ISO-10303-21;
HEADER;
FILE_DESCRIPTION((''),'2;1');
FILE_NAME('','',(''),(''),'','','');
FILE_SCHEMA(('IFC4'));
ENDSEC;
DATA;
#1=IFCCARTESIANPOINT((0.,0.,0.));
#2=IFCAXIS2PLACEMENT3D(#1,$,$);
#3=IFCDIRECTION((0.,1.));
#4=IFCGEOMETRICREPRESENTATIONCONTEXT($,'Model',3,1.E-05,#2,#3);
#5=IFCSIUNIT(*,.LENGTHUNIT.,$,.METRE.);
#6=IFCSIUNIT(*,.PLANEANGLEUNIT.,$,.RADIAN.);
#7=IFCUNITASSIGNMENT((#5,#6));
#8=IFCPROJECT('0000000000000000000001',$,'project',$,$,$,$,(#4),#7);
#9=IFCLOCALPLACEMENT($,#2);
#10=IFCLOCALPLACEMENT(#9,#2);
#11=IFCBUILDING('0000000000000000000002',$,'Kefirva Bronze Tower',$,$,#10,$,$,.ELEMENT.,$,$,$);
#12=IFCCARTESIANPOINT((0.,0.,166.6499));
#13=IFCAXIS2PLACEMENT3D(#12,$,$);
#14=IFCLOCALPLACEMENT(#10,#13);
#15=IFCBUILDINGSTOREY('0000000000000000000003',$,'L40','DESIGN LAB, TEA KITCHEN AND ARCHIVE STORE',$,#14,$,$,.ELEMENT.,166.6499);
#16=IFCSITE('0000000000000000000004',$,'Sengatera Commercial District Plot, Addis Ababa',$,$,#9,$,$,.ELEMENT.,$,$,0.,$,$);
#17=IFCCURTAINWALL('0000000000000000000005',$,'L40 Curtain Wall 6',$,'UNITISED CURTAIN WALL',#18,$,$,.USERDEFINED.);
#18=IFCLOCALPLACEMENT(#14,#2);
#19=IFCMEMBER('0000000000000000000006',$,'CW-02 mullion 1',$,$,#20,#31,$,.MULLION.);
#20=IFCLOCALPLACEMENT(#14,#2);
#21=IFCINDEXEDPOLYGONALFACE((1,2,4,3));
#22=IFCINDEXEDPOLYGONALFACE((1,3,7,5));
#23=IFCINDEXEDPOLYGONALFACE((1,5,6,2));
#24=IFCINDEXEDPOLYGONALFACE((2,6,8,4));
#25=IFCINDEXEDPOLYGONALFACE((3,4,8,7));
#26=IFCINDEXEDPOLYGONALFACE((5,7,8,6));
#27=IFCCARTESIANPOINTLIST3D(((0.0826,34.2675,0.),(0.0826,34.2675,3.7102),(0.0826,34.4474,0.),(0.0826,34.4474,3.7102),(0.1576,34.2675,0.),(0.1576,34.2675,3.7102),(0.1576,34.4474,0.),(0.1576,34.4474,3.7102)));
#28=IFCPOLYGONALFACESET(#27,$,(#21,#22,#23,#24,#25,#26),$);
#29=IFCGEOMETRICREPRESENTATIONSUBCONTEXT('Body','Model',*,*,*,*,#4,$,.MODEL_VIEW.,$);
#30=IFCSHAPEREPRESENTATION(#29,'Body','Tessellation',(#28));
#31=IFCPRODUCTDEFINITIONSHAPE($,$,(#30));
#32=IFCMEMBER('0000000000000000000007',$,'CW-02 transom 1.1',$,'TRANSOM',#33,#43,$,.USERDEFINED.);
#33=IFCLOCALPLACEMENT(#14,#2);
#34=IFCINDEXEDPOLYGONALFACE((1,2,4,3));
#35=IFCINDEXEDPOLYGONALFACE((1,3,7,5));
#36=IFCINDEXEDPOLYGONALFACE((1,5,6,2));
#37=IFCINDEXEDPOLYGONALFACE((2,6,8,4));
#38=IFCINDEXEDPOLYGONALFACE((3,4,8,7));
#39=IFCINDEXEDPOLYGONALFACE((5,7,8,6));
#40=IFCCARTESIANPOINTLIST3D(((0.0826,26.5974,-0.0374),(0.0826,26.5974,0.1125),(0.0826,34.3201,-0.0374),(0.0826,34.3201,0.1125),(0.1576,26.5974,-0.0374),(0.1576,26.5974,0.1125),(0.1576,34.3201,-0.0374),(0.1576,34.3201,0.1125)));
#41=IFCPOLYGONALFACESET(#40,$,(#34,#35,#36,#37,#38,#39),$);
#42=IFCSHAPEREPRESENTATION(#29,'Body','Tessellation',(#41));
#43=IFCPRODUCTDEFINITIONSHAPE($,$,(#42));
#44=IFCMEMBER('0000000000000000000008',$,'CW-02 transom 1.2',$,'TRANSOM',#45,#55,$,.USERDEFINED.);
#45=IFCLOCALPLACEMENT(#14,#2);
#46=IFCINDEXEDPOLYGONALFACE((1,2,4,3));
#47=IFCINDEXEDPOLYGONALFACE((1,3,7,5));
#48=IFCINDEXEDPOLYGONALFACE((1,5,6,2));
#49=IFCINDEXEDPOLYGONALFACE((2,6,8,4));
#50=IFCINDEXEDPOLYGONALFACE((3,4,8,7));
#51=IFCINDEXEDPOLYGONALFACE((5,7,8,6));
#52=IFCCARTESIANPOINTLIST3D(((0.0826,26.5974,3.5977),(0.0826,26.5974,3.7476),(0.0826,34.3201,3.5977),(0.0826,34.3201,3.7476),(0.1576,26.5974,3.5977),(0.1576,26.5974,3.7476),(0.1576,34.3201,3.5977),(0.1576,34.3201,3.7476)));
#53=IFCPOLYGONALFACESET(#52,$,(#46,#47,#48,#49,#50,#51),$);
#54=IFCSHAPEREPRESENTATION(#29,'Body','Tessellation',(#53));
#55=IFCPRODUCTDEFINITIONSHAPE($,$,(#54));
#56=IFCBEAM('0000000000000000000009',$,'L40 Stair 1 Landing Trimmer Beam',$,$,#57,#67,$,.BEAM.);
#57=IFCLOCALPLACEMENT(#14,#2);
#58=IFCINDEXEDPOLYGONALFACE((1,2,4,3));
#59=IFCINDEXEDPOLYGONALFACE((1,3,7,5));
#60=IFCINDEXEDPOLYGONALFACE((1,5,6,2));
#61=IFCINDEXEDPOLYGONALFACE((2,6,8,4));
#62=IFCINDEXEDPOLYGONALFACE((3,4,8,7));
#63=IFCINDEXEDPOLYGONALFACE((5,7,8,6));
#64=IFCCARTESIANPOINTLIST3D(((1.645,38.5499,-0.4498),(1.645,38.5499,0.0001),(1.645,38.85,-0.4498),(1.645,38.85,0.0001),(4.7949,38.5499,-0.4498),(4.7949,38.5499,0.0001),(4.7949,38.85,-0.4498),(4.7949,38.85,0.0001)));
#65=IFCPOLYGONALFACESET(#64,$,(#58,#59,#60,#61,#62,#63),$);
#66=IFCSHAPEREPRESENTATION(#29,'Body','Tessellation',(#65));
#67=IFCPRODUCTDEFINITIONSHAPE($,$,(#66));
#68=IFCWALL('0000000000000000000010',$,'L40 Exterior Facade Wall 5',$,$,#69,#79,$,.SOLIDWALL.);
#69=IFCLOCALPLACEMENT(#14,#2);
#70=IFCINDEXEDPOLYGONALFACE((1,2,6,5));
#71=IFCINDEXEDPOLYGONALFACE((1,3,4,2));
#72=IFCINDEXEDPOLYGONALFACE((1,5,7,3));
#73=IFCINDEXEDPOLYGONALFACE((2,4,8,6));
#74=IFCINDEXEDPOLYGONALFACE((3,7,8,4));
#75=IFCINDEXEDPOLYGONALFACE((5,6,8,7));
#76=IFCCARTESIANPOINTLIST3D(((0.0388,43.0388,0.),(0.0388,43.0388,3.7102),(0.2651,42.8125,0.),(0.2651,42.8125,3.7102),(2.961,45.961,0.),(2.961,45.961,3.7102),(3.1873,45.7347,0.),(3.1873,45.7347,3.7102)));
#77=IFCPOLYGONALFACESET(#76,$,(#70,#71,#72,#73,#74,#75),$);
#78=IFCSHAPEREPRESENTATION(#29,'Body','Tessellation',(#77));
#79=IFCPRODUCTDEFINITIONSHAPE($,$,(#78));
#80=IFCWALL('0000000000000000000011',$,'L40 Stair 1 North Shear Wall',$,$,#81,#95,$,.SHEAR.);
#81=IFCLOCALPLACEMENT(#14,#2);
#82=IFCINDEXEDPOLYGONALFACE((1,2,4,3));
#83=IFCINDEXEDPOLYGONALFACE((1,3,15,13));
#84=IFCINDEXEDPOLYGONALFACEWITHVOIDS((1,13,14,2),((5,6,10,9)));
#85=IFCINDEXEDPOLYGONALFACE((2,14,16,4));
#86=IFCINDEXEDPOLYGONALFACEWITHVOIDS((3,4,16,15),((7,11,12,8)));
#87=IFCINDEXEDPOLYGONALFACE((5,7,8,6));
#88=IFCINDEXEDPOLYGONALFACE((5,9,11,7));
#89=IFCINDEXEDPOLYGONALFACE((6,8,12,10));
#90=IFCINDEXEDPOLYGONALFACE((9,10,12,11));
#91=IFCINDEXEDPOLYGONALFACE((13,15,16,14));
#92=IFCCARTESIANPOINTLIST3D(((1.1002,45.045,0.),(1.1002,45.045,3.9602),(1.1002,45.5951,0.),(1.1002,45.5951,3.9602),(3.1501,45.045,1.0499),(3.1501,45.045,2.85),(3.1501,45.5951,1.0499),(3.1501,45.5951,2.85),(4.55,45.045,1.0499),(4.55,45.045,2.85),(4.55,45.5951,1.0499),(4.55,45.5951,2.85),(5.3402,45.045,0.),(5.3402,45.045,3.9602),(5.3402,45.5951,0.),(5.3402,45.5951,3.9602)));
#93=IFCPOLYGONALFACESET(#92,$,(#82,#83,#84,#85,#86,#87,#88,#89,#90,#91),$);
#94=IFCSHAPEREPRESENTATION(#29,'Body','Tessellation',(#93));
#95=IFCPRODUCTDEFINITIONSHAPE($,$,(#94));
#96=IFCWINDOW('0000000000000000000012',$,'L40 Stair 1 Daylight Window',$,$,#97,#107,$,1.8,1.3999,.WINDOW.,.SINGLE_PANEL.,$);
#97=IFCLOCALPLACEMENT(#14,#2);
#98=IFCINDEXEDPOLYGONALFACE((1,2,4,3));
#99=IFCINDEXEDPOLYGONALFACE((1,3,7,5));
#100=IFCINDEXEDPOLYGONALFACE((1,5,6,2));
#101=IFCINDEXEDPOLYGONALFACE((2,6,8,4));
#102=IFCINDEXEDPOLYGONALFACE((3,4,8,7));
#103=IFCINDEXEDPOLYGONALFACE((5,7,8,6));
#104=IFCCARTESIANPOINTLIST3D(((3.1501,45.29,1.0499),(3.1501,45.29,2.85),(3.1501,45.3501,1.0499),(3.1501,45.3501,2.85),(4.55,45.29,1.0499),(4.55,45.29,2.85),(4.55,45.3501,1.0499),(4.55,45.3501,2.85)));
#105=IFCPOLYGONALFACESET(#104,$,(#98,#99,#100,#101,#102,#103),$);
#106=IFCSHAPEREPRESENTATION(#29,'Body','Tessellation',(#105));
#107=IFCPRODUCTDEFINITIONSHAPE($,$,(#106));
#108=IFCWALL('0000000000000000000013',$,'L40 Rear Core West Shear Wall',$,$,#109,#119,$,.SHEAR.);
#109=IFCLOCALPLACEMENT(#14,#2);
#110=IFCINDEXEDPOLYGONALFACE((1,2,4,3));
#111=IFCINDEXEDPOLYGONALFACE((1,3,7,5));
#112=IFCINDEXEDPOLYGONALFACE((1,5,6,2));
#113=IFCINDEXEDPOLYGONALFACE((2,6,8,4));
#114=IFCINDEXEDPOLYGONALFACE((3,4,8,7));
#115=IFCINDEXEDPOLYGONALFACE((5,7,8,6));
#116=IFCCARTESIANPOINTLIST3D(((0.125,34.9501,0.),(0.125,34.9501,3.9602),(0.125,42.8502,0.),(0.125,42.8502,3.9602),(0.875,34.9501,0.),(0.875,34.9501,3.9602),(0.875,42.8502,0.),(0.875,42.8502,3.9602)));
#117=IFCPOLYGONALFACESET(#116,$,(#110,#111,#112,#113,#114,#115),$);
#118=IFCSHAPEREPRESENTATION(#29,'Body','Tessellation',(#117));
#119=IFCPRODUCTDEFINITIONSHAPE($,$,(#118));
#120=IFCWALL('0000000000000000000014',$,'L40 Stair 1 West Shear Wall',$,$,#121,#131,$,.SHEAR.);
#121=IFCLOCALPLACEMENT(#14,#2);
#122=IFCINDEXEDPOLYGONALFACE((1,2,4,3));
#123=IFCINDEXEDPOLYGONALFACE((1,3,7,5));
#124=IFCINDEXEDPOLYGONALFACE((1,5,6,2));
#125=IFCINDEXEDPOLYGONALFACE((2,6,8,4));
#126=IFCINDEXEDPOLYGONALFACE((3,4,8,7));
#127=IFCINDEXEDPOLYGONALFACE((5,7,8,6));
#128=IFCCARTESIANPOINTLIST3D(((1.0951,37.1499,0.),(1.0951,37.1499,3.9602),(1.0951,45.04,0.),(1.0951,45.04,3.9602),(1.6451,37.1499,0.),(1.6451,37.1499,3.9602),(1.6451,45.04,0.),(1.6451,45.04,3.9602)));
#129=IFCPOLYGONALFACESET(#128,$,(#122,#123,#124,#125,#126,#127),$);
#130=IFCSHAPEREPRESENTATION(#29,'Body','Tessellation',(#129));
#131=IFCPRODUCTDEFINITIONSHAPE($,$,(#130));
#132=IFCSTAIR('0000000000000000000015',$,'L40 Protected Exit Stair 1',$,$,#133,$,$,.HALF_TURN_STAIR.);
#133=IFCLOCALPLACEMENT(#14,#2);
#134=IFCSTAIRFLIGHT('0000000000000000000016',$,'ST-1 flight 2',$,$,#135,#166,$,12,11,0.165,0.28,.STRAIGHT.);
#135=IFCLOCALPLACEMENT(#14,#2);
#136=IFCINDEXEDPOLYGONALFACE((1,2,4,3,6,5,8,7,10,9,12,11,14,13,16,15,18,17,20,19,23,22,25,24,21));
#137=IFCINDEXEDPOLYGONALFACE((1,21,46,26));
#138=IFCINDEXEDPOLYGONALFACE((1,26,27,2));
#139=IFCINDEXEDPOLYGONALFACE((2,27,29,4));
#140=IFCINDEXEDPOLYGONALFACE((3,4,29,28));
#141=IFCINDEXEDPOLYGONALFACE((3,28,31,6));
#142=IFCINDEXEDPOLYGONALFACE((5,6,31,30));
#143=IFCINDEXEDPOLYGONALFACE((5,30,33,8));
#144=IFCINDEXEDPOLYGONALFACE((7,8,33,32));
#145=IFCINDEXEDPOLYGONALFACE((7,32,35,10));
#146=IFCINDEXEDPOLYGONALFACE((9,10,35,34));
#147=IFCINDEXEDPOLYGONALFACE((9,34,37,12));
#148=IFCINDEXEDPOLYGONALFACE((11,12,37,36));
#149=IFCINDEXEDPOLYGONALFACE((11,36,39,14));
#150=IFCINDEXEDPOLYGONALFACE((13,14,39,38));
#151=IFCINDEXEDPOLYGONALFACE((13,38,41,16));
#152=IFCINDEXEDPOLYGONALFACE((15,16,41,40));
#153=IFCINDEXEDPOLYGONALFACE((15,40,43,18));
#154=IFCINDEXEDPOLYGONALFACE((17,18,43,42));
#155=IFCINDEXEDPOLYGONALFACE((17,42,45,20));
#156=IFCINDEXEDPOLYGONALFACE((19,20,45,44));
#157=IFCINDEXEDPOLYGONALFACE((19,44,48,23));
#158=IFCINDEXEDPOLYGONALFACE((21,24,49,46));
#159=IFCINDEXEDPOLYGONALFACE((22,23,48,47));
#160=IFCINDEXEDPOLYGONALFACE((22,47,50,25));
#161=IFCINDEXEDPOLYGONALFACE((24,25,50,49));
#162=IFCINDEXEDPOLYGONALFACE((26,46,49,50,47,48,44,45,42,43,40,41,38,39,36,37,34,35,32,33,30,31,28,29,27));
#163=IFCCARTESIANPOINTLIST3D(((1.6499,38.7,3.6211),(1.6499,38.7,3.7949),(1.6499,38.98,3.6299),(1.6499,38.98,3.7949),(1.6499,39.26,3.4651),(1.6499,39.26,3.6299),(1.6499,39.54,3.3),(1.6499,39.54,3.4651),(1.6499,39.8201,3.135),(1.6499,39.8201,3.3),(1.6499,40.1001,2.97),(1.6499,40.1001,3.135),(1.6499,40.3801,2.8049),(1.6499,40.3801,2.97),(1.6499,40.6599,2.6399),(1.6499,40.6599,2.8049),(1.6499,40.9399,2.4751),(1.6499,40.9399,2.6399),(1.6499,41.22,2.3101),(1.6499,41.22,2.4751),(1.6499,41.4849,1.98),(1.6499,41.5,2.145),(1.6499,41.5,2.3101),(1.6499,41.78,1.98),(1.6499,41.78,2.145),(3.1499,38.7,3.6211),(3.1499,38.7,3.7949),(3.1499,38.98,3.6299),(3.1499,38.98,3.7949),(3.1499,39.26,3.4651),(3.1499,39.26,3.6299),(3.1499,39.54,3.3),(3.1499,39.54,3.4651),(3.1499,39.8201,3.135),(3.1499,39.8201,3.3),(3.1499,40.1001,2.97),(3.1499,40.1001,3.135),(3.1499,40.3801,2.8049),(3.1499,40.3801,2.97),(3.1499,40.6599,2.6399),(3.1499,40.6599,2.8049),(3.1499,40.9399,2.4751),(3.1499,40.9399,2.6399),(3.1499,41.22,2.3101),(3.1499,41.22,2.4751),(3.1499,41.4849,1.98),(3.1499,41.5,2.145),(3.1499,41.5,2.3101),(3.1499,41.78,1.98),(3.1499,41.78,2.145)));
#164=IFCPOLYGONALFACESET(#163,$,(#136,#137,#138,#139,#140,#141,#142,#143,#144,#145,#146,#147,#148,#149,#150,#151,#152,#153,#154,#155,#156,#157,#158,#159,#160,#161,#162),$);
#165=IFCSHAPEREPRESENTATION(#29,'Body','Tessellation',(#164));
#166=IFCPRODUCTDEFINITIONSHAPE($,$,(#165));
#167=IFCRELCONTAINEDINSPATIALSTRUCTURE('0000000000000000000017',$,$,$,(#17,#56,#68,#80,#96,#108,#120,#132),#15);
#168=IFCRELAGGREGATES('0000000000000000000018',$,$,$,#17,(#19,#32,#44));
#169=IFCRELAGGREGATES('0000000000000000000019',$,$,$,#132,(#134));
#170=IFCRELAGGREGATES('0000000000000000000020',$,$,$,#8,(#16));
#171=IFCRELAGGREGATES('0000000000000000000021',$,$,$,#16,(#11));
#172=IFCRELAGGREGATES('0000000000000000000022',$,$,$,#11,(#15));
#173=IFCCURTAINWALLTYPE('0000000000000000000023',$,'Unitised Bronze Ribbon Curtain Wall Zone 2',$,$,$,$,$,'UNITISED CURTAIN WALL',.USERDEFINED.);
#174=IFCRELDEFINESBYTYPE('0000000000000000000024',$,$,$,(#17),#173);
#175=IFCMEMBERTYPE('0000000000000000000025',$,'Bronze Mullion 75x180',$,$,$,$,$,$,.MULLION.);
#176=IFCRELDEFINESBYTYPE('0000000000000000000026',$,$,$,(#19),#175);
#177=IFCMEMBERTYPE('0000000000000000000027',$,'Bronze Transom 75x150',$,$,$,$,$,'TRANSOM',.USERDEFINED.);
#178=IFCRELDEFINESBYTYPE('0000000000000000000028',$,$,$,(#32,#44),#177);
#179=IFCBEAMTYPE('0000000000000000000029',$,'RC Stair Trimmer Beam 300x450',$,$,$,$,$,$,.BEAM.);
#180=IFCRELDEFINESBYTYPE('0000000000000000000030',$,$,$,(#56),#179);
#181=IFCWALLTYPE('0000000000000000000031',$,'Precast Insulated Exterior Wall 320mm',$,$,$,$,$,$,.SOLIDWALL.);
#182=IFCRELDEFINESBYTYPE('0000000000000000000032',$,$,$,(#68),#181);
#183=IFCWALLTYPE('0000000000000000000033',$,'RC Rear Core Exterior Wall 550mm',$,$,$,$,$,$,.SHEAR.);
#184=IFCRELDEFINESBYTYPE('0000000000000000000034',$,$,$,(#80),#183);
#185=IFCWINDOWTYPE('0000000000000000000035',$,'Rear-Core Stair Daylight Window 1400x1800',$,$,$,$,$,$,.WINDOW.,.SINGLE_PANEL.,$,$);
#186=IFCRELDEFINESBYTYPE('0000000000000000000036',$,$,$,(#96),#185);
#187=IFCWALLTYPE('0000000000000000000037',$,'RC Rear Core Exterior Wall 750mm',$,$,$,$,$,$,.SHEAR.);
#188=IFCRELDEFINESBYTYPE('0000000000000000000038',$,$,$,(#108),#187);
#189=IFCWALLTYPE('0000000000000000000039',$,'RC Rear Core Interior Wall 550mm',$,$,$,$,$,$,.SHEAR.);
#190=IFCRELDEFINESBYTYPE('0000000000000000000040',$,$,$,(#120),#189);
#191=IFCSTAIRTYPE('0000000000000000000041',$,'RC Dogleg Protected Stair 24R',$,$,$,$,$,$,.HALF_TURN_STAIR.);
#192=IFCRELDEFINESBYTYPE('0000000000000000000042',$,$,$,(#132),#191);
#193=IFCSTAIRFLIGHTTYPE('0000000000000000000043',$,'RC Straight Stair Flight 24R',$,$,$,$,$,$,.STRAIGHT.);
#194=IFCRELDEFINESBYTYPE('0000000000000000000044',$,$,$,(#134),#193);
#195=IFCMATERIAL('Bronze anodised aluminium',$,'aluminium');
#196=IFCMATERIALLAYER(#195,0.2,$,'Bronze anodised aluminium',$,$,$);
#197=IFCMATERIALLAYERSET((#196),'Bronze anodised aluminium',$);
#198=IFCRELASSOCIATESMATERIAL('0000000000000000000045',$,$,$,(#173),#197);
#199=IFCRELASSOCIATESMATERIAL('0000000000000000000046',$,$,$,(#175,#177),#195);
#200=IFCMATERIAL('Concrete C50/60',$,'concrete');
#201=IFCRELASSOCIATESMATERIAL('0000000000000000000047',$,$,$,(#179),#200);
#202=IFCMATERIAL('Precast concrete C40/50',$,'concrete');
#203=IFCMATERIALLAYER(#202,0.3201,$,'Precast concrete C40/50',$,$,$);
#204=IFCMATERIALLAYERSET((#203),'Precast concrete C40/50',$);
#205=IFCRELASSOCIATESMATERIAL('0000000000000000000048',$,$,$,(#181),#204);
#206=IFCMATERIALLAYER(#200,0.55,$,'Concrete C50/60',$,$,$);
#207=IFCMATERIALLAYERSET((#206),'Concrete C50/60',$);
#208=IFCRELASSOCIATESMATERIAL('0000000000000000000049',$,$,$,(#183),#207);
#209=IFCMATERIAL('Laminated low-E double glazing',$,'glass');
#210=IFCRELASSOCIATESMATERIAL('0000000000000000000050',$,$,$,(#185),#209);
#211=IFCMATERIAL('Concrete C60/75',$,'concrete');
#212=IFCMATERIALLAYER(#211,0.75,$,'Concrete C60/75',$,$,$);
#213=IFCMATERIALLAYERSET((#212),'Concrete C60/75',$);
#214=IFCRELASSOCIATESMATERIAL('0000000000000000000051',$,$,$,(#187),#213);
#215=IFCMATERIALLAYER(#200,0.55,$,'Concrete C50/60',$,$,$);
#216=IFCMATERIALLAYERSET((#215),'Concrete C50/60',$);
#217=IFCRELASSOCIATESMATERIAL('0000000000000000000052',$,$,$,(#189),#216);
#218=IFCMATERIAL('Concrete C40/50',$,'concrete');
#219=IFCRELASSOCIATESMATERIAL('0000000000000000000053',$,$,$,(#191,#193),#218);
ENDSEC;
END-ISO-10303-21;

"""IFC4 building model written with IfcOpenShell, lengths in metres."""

from ifc_helpers import new_model, si_unit, direction, frame, frame_2d, origin, origin_2d, place, context, subcontext, project, spatial, polyline, rectangle, outline, extrude, material, layer, layer_set, material_profile, profile_set, type_object, element, fill, aggregate, save


model = new_model("IFC4")

# Units and contexts
model_context = context("Model", 3, precision=1e-05, world=origin(), true_north=direction((0.0, 1.0)))
body_context = subcontext(model_context, "Body", "Model", "MODEL_VIEW")
ifc_project = project(units=[si_unit("LENGTHUNIT", "METRE"), si_unit("PLANEANGLEUNIT", "RADIAN")], contexts=[model_context])

# Site, building, storey
site_placement = place(None, origin())
site = spatial("IfcSite", under=ifc_project, at=site_placement, Name="Sengatera Commercial District Plot, Addis Ababa", CompositionType="ELEMENT", RefElevation=0.0)
building_placement = place(site_placement, origin())
building = spatial("IfcBuilding", under=site, at=building_placement, Name="Kefirva Bronze Tower", CompositionType="ELEMENT")
storey_placement = place(building_placement, frame((0.0, 0.0, 166.6499)))
storey = spatial("IfcBuildingStorey", under=building, at=storey_placement, Name="L40", Description="DESIGN LAB, TEA KITCHEN AND ARCHIVE STORE", CompositionType="ELEMENT", Elevation=166.6499)

# Curtain wall, members
ifc_material_1 = material(Name="Bronze anodised aluminium", Category="aluminium")
ifc_layer_1 = layer(ifc_material_1, 0.2, Name="Bronze anodised aluminium")
ifc_layer_set_1 = layer_set([ifc_layer_1], Name="Bronze anodised aluminium")
curtain_wall_type = type_object("IfcCurtainWallType", Name="Unitised Bronze Ribbon Curtain Wall Zone 2", ElementType="UNITISED CURTAIN WALL", PredefinedType="USERDEFINED", material=ifc_layer_set_1)
curtain_wall_placement = place(storey_placement, origin())
curtain_wall = element("IfcCurtainWall", 1, at=curtain_wall_placement, inside=storey, type_object=curtain_wall_type, Name="L40 Curtain Wall 6", ObjectType="UNITISED CURTAIN WALL", PredefinedType="USERDEFINED")
ifc_material_profile_1 = material_profile(ifc_material_1, rectangle(XDim=0.075, YDim=0.1799, at=origin_2d()), Name="ALU 75x180")
ifc_profile_set_1 = profile_set([ifc_material_profile_1], Name="Bronze anodised aluminium")
member_type_1 = type_object("IfcMemberType", Name="Bronze Mullion 75x180", PredefinedType="MULLION", material=ifc_profile_set_1)
member_1_placement = place(storey_placement, frame((0.1201, 34.3574, 0.0), z_axis=(0.0, 0.0, 1.0), x_axis=(1.0, 0.0, 0.0)))
member_1 = element("IfcMember", 2, at=member_1_placement, type_object=member_type_1, Name="CW-02 mullion 1", PredefinedType="MULLION", context=body_context, shape_type="SweptSolid", body=[
    extrude(rectangle(XDim=0.075, YDim=0.1799, at=origin_2d()), origin(), (0.0, 0.0, 1.0), 3.7102),
])
ifc_material_profile_2 = material_profile(ifc_material_1, rectangle(XDim=0.075, YDim=0.1499, at=origin_2d()), Name="ALU 75x150")
ifc_profile_set_2 = profile_set([ifc_material_profile_2], Name="Bronze anodised aluminium")
member_type_2 = type_object("IfcMemberType", Name="Bronze Transom 75x150", ElementType="TRANSOM", PredefinedType="USERDEFINED", material=ifc_profile_set_2)
member_2_placement = place(storey_placement, frame((0.1201, 34.3201, 0.0376), z_axis=(0.0, -1.0, 0.0), x_axis=(1.0, 0.0, 0.0)))
member_2 = element("IfcMember", 3, at=member_2_placement, type_object=member_type_2, Name="CW-02 transom 1.1", ObjectType="TRANSOM", PredefinedType="USERDEFINED", context=body_context, shape_type="SweptSolid", body=[
    extrude(rectangle(XDim=0.075, YDim=0.1499, at=origin_2d()), origin(), (0.0, 0.0, 1.0), 7.7227),
])
member_3_placement = place(storey_placement, frame((0.1201, 34.3201, 3.6726), z_axis=(0.0, -1.0, 0.0), x_axis=(1.0, 0.0, 0.0)))
member_3 = element("IfcMember", 4, at=member_3_placement, type_object=member_type_2, Name="CW-02 transom 1.2", ObjectType="TRANSOM", PredefinedType="USERDEFINED", context=body_context, shape_type="SweptSolid", body=[
    extrude(rectangle(XDim=0.075, YDim=0.1499, at=origin_2d()), origin(), (0.0, 0.0, 1.0), 7.7227),
])
aggregate(curtain_wall, [member_1, member_2, member_3])

# Beam
ifc_material_2 = material(Name="Concrete C50/60", Category="concrete")
ifc_material_profile_3 = material_profile(ifc_material_2, rectangle(XDim=0.3, YDim=0.45, at=origin_2d()), Name="RC 300x450")
ifc_profile_set_3 = profile_set([ifc_material_profile_3], Name="Concrete C50/60")
beam_type = type_object("IfcBeamType", Name="RC Stair Trimmer Beam 300x450", PredefinedType="BEAM", material=ifc_profile_set_3)
beam_placement = place(storey_placement, frame((1.645, 38.7, -0.2249), z_axis=(1.0, 0.0, 0.0), x_axis=(0.0, 1.0, 0.0)))
element("IfcBeam", 5, at=beam_placement, inside=storey, type_object=beam_type, Name="L40 Stair 1 Landing Trimmer Beam", PredefinedType="BEAM", context=body_context, shape_type="SweptSolid", body=[
    extrude(rectangle(XDim=0.3, YDim=0.45, at=origin_2d()), origin(), (0.0, 0.0, 1.0), 3.1499),
])

# Wall
ifc_material_3 = material(Name="Precast concrete C40/50", Category="concrete")
ifc_layer_2 = layer(ifc_material_3, 0.3201, Name="Precast concrete C40/50")
ifc_layer_set_2 = layer_set([ifc_layer_2], Name="Precast concrete C40/50")
wall_type_1 = type_object("IfcWallType", Name="Precast Insulated Exterior Wall 320mm", PredefinedType="SOLIDWALL", material=ifc_layer_set_2)
wall_1_placement = place(storey_placement, frame((3.0742, 45.8479, 0.0), z_axis=(0.0, 0.0, 1.0), x_axis=(-0.707107, -0.707107, 0.0)))
element("IfcWall", 6, at=wall_1_placement, inside=storey, type_object=wall_type_1, Name="L40 Exterior Facade Wall 5", PredefinedType="SOLIDWALL", context=body_context, shape_type="SweptSolid", body=[
    extrude(rectangle(XDim=4.1326, YDim=0.3201, at=frame_2d((2.0664, 0.0))), origin(), (0.0, 0.0, 1.0), 3.7102),
])

# Wall, opening, window
ifc_layer_3 = layer(ifc_material_2, 0.55, Name="Concrete C50/60")
ifc_layer_set_3 = layer_set([ifc_layer_3], Name="Concrete C50/60")
wall_type_2 = type_object("IfcWallType", Name="RC Rear Core Exterior Wall 550mm", PredefinedType="SHEAR", material=ifc_layer_set_3)
wall_2_placement = place(storey_placement, frame((1.1001, 45.3201, 0.0), z_axis=(0.0, 0.0, 1.0), x_axis=(1.0, 0.0, 0.0)))
wall_2 = element("IfcWall", 7, at=wall_2_placement, inside=storey, type_object=wall_type_2, Name="L40 Stair 1 North Shear Wall", PredefinedType="SHEAR", context=body_context, shape_type="SweptSolid", body=[
    extrude(rectangle(XDim=4.24, YDim=0.55, at=frame_2d((2.1201, 0.0))), origin(), (0.0, 0.0, 1.0), 3.9602),
])
opening_1_placement = place(wall_2_placement, frame((2.05, 0.0, 1.05)))
opening_1 = element("IfcOpeningElement", 8, at=opening_1_placement, cuts=wall_2, PredefinedType="OPENING", context=body_context, shape_type="SweptSolid", body=[
    extrude(rectangle(XDim=1.3999, YDim=1.8, at=frame_2d((0.7, 0.8999))), frame((0.0, 0.2852, 0.0), z_axis=(0.0, -1.0, 0.0), x_axis=(1.0, 0.0, 0.0)), (0.0, 0.0, 1.0), 0.5701),
])
ifc_material_4 = material(Name="Laminated low-E double glazing", Category="glass")
window_type = type_object("IfcWindowType", Name="Rear-Core Stair Daylight Window 1400x1800", PartitioningType="SINGLE_PANEL", PredefinedType="WINDOW", material=ifc_material_4)
window_placement = place(opening_1_placement, origin())
window = element("IfcWindow", 9, at=window_placement, inside=storey, type_object=window_type, Name="L40 Stair 1 Daylight Window", OverallHeight=1.8, OverallWidth=1.3999, PartitioningType="SINGLE_PANEL", PredefinedType="WINDOW", context=body_context, shape_type="SweptSolid", body=[
    extrude(rectangle(XDim=1.3999, YDim=1.8, at=frame_2d((0.7, 0.8999))), frame((0.0, 0.03, 0.0), z_axis=(0.0, -1.0, 0.0), x_axis=(1.0, 0.0, 0.0)), (0.0, 0.0, 1.0), 0.0601),
])
fill(opening_1, window)

# Walls
ifc_material_5 = material(Name="Concrete C60/75", Category="concrete")
ifc_layer_4 = layer(ifc_material_5, 0.75, Name="Concrete C60/75")
ifc_layer_set_4 = layer_set([ifc_layer_4], Name="Concrete C60/75")
wall_type_3 = type_object("IfcWallType", Name="RC Rear Core Exterior Wall 750mm", PredefinedType="SHEAR", material=ifc_layer_set_4)
wall_3_placement = place(storey_placement, frame((0.5, 34.95, 0.0), z_axis=(0.0, 0.0, 1.0), x_axis=(0.0, 1.0, 0.0)))
element("IfcWall", 10, at=wall_3_placement, inside=storey, type_object=wall_type_3, Name="L40 Rear Core West Shear Wall", PredefinedType="SHEAR", context=body_context, shape_type="SweptSolid", body=[
    extrude(rectangle(XDim=7.9001, YDim=0.75, at=frame_2d((3.9502, 0.0))), origin(), (0.0, 0.0, 1.0), 3.9602),
])
ifc_layer_5 = layer(ifc_material_2, 0.55, Name="Concrete C50/60")
ifc_layer_set_5 = layer_set([ifc_layer_5], Name="Concrete C50/60")
wall_type_4 = type_object("IfcWallType", Name="RC Rear Core Interior Wall 550mm", PredefinedType="SHEAR", material=ifc_layer_set_5)
wall_4_placement = place(storey_placement, frame((1.3701, 37.1499, 0.0), z_axis=(0.0, 0.0, 1.0), x_axis=(0.0, 1.0, 0.0)))
element("IfcWall", 11, at=wall_4_placement, inside=storey, type_object=wall_type_4, Name="L40 Stair 1 West Shear Wall", PredefinedType="SHEAR", context=body_context, shape_type="SweptSolid", body=[
    extrude(rectangle(XDim=7.8901, YDim=0.55, at=frame_2d((3.9451, 0.0))), origin(), (0.0, 0.0, 1.0), 3.9602),
])

# Stair, stair flight
ifc_material_6 = material(Name="Concrete C40/50", Category="concrete")
stair_type = type_object("IfcStairType", Name="RC Dogleg Protected Stair 24R", PredefinedType="HALF_TURN_STAIR", material=ifc_material_6)
stair_placement = place(storey_placement, origin())
stair = element("IfcStair", 12, at=stair_placement, inside=storey, type_object=stair_type, Name="L40 Protected Exit Stair 1", PredefinedType="HALF_TURN_STAIR")
stair_flight_type = type_object("IfcStairFlightType", Name="RC Straight Stair Flight 24R", PredefinedType="STRAIGHT", material=ifc_material_6)
stair_flight_placement = place(storey_placement, frame((2.3999, 41.78, 1.98), z_axis=(0.0, 0.0, 1.0), x_axis=(0.0, -1.0, 0.0)))
stair_flight = element("IfcStairFlight", 13, at=stair_flight_placement, type_object=stair_flight_type, Name="ST-1 flight 2", NumberOfRisers=12, NumberOfTreads=11, PredefinedType="STRAIGHT", RiserHeight=0.165, TreadLength=0.28, context=body_context, shape_type="SweptSolid", body=[
    extrude(outline(polyline([(0.0, 0.0), (0.0, 0.165), (0.28, 0.165), (0.28, 0.3301), (0.5601, 0.3301), (0.5601, 0.4951), (0.8401, 0.4951), (0.8401, 0.6599), (1.1201, 0.6599), (1.1201, 0.825), (1.3999, 0.825), (1.3999, 0.99), (1.6799, 0.99), (1.6799, 1.155), (1.96, 1.155), (1.96, 1.3201), (2.24, 1.3201), (2.24, 1.4851), (2.52, 1.4851), (2.52, 1.6499), (2.8, 1.6499), (2.8, 1.8149), (3.0801, 1.8149), (3.0801, 1.98), (3.0801, 1.6411), (0.2952, 0.0), (0.0, 0.0)])), frame((0.0, 0.75, 0.0), z_axis=(0.0, -1.0, 0.0), x_axis=(1.0, 0.0, 0.0)), (0.0, 0.0, 1.0), 1.5),
])
aggregate(stair, [stair_flight])

save(model, "model.ifc")
